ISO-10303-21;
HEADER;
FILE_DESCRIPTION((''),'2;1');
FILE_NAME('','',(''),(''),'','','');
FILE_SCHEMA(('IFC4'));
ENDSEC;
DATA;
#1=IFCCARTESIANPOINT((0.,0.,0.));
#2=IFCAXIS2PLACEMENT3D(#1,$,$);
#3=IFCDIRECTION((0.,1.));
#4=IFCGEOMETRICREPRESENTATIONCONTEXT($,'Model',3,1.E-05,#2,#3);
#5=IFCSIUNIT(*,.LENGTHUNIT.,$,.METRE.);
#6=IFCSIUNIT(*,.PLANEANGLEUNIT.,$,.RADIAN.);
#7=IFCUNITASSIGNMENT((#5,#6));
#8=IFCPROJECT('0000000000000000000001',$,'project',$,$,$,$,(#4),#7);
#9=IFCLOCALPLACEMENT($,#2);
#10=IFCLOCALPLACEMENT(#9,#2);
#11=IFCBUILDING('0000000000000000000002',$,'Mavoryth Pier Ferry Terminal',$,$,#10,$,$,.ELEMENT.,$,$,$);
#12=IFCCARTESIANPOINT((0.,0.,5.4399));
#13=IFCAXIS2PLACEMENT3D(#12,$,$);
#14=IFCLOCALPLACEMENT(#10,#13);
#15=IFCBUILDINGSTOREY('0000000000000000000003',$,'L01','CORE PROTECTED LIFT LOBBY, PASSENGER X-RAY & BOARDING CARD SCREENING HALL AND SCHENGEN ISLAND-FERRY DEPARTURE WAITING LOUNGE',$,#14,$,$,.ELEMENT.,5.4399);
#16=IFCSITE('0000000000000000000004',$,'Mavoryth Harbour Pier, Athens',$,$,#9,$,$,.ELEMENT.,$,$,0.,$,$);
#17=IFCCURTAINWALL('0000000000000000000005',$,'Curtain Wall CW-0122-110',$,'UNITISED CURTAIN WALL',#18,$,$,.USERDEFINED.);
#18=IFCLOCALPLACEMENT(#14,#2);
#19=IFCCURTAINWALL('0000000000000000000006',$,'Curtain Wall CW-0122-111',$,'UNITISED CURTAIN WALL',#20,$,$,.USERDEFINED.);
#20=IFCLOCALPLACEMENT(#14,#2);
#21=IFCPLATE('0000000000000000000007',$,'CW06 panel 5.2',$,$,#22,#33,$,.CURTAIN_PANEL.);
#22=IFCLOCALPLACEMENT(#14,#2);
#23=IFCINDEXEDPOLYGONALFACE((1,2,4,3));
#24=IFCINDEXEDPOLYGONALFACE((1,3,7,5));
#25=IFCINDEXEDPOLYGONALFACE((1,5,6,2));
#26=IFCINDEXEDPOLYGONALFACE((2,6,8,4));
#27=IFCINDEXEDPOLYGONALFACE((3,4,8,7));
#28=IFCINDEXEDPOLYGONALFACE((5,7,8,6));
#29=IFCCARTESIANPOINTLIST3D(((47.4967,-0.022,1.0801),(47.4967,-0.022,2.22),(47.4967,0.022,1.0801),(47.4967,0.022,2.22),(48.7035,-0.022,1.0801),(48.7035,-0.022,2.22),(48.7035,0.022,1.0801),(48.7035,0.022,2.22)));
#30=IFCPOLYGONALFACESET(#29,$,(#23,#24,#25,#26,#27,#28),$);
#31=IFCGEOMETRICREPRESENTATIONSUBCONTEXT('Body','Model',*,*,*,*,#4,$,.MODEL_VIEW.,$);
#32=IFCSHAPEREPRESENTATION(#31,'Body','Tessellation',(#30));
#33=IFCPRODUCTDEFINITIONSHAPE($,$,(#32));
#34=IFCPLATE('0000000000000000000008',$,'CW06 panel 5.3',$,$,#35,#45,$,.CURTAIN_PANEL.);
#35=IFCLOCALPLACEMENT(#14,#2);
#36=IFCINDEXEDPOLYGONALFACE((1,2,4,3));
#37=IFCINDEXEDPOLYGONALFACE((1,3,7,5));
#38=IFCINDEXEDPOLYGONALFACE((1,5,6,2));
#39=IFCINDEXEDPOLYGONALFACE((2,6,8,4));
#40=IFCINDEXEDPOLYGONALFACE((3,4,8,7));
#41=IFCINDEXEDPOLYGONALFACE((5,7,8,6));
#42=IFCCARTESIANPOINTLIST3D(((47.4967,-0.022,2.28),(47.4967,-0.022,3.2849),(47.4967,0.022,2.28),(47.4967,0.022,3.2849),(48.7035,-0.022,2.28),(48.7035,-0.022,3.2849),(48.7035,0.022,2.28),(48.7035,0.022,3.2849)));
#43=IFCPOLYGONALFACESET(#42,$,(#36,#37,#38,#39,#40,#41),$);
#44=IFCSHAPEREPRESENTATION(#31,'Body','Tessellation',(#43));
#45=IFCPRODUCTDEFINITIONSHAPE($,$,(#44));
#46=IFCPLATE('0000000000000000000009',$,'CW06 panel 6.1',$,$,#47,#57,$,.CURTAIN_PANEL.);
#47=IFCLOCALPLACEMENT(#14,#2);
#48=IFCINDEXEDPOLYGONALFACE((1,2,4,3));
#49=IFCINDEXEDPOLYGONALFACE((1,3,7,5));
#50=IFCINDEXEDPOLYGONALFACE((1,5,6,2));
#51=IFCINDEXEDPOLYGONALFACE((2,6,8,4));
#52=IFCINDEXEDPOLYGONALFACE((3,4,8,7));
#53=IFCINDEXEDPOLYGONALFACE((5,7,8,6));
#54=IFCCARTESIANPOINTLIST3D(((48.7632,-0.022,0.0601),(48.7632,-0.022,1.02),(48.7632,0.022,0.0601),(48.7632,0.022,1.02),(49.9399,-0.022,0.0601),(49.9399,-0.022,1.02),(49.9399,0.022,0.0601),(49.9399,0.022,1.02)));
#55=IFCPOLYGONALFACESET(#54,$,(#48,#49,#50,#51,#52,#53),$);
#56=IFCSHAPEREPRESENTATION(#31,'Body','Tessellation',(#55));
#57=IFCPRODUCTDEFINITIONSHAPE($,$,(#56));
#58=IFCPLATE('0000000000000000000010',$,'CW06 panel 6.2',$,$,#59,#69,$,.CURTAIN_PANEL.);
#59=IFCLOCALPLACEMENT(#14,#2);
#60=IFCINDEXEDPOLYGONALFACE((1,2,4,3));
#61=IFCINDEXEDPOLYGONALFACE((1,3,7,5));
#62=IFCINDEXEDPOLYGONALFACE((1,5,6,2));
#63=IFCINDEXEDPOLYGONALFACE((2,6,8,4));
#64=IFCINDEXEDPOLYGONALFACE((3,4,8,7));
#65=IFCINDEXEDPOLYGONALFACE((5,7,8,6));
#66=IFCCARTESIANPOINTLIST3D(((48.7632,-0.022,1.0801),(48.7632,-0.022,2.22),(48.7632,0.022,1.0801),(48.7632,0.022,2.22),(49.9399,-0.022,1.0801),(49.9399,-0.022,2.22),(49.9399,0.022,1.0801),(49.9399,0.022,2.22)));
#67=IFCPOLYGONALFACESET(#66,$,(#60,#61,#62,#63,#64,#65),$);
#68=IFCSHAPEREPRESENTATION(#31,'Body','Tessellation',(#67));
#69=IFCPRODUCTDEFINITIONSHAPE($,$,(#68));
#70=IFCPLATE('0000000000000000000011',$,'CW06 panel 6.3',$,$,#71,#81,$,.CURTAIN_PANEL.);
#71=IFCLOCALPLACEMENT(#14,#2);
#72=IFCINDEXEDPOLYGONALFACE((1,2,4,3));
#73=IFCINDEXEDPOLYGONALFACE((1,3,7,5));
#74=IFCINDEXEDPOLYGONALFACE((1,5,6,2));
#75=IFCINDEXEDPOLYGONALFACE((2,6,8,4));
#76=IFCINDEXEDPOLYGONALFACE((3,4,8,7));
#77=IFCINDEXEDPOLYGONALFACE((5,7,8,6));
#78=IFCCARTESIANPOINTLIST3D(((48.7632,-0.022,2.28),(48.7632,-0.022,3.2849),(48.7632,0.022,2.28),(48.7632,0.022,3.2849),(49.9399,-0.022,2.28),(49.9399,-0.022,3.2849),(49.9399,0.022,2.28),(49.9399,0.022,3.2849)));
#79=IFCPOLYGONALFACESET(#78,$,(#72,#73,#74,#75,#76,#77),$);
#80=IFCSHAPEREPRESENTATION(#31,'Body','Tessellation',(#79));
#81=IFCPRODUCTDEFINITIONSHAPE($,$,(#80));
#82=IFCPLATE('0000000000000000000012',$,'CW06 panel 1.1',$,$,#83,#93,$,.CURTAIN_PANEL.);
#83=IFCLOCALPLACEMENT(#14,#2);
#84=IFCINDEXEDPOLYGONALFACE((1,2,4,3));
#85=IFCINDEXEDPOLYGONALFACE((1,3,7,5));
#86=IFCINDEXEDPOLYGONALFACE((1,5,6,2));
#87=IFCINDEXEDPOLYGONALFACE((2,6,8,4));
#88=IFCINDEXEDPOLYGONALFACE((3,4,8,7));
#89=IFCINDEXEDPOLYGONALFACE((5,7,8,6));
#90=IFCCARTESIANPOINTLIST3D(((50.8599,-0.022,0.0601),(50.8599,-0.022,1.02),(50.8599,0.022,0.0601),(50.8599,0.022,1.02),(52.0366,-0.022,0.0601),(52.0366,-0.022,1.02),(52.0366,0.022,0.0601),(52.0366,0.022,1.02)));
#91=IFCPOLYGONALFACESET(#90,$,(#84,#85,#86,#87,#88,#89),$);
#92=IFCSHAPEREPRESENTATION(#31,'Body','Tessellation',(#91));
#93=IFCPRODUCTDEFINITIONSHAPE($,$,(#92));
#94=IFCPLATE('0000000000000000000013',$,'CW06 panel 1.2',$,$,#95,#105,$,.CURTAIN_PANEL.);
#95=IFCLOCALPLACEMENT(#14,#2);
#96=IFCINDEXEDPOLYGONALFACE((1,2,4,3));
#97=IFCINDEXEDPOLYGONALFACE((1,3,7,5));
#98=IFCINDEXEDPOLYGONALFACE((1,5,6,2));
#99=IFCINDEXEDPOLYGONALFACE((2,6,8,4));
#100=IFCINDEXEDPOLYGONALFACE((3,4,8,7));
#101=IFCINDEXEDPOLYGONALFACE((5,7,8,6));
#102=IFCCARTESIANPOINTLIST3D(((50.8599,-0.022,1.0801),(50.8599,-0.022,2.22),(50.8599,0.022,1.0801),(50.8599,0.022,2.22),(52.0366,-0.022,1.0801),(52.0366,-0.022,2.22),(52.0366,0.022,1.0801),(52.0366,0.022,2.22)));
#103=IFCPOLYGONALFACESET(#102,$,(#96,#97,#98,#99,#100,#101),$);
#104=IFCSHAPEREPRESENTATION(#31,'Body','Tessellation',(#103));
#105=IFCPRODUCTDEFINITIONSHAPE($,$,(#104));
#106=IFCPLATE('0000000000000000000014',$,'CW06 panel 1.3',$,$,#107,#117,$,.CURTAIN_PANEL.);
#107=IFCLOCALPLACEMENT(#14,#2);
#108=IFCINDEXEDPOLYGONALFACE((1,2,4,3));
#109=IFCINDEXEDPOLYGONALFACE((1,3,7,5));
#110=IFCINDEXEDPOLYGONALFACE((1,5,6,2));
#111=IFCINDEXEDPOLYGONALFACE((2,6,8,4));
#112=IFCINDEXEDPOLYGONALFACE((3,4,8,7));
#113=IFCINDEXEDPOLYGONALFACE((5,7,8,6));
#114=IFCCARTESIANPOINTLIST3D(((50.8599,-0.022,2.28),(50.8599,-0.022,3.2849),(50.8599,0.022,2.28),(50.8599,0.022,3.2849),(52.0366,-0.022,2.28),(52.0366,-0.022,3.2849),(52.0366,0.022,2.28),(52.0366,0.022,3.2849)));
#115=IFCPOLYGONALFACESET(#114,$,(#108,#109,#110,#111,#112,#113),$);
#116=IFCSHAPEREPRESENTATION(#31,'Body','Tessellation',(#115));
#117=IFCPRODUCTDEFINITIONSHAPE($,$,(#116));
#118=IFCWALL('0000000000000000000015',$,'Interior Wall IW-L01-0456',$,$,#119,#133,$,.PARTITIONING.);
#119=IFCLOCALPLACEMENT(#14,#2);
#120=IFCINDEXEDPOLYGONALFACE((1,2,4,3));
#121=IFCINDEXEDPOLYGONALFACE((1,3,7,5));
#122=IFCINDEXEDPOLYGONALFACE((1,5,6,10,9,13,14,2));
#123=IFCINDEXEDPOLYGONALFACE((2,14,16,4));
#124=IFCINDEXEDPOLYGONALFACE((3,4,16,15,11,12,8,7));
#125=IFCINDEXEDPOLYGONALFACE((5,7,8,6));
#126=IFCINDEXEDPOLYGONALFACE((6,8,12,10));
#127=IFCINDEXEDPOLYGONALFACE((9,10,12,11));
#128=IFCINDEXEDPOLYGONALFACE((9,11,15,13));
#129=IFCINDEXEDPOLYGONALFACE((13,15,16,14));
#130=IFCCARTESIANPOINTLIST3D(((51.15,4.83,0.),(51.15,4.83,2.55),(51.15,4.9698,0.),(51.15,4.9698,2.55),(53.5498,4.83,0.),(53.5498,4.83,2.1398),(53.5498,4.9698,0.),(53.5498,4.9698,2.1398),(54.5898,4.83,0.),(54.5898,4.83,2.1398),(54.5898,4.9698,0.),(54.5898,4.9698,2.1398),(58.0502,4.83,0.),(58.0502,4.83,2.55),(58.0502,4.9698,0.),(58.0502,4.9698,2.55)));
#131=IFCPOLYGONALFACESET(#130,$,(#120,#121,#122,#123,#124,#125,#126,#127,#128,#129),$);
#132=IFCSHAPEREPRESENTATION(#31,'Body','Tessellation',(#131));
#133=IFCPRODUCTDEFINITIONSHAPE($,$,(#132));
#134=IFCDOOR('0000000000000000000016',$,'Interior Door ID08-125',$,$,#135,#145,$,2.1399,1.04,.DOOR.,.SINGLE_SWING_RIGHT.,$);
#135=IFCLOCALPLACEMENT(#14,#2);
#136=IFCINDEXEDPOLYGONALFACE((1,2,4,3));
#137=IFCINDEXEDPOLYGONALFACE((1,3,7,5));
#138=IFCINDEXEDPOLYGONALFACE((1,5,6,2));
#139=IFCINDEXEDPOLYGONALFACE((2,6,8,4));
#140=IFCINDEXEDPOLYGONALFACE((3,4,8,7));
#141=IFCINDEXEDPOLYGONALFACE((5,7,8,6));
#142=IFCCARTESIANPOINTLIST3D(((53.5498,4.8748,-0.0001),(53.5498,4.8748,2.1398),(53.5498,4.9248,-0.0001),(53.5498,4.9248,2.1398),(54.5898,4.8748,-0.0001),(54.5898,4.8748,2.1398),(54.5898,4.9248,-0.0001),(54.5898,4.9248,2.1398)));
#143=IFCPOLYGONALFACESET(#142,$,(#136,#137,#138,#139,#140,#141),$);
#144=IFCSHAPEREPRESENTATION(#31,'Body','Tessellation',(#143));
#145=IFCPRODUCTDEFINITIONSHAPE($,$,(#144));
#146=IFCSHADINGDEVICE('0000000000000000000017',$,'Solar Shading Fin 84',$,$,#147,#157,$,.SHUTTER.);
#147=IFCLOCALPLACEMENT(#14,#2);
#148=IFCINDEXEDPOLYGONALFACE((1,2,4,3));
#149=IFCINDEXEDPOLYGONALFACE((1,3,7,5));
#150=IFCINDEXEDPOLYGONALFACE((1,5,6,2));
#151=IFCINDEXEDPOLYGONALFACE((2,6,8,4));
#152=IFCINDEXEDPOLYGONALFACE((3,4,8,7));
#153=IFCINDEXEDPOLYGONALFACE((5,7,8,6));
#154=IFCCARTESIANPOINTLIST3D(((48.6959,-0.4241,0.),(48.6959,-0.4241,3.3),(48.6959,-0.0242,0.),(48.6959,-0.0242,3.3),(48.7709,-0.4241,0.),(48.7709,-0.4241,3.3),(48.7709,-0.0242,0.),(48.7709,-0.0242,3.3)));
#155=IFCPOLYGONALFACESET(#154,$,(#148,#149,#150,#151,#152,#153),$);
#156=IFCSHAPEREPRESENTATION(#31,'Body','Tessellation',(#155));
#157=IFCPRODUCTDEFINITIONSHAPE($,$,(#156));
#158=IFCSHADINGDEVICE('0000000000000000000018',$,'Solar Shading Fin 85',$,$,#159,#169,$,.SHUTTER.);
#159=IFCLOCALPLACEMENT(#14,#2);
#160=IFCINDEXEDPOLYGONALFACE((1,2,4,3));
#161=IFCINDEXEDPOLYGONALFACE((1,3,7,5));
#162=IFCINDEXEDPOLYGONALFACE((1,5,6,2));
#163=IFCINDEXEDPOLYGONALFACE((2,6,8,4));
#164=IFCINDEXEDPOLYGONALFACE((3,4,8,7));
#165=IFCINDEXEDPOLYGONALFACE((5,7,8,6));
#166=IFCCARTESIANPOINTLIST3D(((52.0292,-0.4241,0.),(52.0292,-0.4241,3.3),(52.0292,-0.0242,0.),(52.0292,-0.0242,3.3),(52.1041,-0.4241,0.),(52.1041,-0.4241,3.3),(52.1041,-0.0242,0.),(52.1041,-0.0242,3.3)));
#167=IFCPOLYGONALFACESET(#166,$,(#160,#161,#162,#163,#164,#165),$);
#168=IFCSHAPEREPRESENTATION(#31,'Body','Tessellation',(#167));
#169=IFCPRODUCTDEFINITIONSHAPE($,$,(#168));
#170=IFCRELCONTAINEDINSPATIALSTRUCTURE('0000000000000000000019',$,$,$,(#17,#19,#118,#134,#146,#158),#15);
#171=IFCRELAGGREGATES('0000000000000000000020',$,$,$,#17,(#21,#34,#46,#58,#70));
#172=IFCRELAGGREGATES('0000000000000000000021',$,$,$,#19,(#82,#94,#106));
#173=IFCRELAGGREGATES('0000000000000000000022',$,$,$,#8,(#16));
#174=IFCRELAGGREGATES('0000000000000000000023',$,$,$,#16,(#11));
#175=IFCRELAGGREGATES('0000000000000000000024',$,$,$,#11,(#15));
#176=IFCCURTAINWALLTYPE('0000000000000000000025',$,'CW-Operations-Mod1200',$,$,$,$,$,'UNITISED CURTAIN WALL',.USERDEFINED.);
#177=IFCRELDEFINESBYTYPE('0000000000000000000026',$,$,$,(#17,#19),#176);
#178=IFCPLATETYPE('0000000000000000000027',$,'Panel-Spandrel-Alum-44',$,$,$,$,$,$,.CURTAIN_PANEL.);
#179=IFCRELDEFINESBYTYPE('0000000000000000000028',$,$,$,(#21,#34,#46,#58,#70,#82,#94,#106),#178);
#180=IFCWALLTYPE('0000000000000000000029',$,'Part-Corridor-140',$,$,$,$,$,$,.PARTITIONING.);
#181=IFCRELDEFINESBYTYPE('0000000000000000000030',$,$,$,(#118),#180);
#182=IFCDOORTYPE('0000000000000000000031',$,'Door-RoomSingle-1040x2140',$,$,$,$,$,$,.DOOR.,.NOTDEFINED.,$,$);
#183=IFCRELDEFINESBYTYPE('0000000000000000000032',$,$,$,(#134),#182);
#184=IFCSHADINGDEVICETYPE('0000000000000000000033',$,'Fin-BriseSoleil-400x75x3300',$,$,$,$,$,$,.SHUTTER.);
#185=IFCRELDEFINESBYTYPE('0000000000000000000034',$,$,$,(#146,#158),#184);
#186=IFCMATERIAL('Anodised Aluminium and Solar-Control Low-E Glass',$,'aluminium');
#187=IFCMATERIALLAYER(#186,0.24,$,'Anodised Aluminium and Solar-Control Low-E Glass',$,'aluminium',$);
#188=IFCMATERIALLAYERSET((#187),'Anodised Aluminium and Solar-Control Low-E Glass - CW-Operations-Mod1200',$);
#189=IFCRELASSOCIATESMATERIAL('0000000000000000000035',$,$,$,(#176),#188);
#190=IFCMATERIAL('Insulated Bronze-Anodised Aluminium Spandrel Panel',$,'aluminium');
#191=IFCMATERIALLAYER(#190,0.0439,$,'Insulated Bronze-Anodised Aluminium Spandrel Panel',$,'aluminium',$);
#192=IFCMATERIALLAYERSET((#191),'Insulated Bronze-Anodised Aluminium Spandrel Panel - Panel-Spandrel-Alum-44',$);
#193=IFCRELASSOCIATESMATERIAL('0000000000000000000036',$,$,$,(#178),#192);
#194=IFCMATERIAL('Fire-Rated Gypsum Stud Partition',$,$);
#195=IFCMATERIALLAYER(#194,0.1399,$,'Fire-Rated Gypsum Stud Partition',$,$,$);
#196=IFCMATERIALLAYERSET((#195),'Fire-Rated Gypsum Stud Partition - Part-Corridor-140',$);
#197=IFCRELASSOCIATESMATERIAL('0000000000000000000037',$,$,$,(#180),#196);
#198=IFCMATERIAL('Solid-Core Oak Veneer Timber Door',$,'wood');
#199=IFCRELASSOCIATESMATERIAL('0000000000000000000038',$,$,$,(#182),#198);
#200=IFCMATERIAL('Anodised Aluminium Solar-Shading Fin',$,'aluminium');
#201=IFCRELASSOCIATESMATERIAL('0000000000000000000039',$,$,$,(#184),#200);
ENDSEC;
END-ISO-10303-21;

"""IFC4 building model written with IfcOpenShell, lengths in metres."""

from ifc_helpers import new_model, si_unit, direction, frame, frame_2d, origin, origin_2d, place, context, subcontext, project, spatial, rectangle, extrude, material, layer, layer_set, type_object, element, fill, aggregate, save


model = new_model("IFC4")

# Units and contexts
model_context = context("Model", 3, precision=1e-05, world=origin(), true_north=direction((0.0, 1.0)))
body_context = subcontext(model_context, "Body", "Model", "MODEL_VIEW")
ifc_project = project(units=[si_unit("LENGTHUNIT", "METRE"), si_unit("PLANEANGLEUNIT", "RADIAN")], contexts=[model_context])

# Site, building, storey
site_placement = place(None, origin())
site = spatial("IfcSite", under=ifc_project, at=site_placement, Name="Mavoryth Harbour Pier, Athens", CompositionType="ELEMENT", RefElevation=0.0)
building_placement = place(site_placement, origin())
building = spatial("IfcBuilding", under=site, at=building_placement, Name="Mavoryth Pier Ferry Terminal", CompositionType="ELEMENT")
storey_placement = place(building_placement, frame((0.0, 0.0, 5.4399)))
storey = spatial("IfcBuildingStorey", under=building, at=storey_placement, Name="L01", Description="CORE PROTECTED LIFT LOBBY, PASSENGER X-RAY & BOARDING CARD SCREENING HALL AND SCHENGEN ISLAND-FERRY DEPARTURE WAITING LOUNGE", CompositionType="ELEMENT", Elevation=5.4399)

# Curtain wall
ifc_material_1 = material(Name="Anodised Aluminium and Solar-Control Low-E Glass", Category="aluminium")
ifc_layer_1 = layer(ifc_material_1, 0.24, Name="Anodised Aluminium and Solar-Control Low-E Glass", Category="aluminium")
ifc_layer_set_1 = layer_set([ifc_layer_1], Name="Anodised Aluminium and Solar-Control Low-E Glass - CW-Operations-Mod1200")
curtain_wall_type = type_object("IfcCurtainWallType", Name="CW-Operations-Mod1200", ElementType="UNITISED CURTAIN WALL", PredefinedType="USERDEFINED", material=ifc_layer_set_1)
curtain_wall_1_placement = place(storey_placement, origin())
curtain_wall_1 = element("IfcCurtainWall", 1, at=curtain_wall_1_placement, inside=storey, type_object=curtain_wall_type, Name="Curtain Wall CW-0122-110", ObjectType="UNITISED CURTAIN WALL", PredefinedType="USERDEFINED")

# Curtain wall
curtain_wall_2_placement = place(storey_placement, origin())
curtain_wall_2 = element("IfcCurtainWall", 2, at=curtain_wall_2_placement, inside=storey, type_object=curtain_wall_type, Name="Curtain Wall CW-0122-111", ObjectType="UNITISED CURTAIN WALL", PredefinedType="USERDEFINED")

# Plates
ifc_material_2 = material(Name="Insulated Bronze-Anodised Aluminium Spandrel Panel", Category="aluminium")
ifc_layer_2 = layer(ifc_material_2, 0.0439, Name="Insulated Bronze-Anodised Aluminium Spandrel Panel", Category="aluminium")
ifc_layer_set_2 = layer_set([ifc_layer_2], Name="Insulated Bronze-Anodised Aluminium Spandrel Panel - Panel-Spandrel-Alum-44")
plate_type = type_object("IfcPlateType", Name="Panel-Spandrel-Alum-44", PredefinedType="CURTAIN_PANEL", material=ifc_layer_set_2)
plate_1_placement = place(storey_placement, frame((48.1001, 0.0, 1.0801), z_axis=(0.0, 0.0, 1.0), x_axis=(1.0, 0.0, 0.0)))
plate_1 = element("IfcPlate", 3, at=plate_1_placement, type_object=plate_type, Name="CW06 panel 5.2", PredefinedType="CURTAIN_PANEL", context=body_context, shape_type="SweptSolid", body=[
    extrude(rectangle(XDim=1.2068, YDim=0.0439, at=origin_2d()), origin(), (0.0, 0.0, 1.0), 1.1399),
])
plate_2_placement = place(storey_placement, frame((48.1001, 0.0, 2.28), z_axis=(0.0, 0.0, 1.0), x_axis=(1.0, 0.0, 0.0)))
plate_2 = element("IfcPlate", 4, at=plate_2_placement, type_object=plate_type, Name="CW06 panel 5.3", PredefinedType="CURTAIN_PANEL", context=body_context, shape_type="SweptSolid", body=[
    extrude(rectangle(XDim=1.2068, YDim=0.0439, at=origin_2d()), origin(), (0.0, 0.0, 1.0), 1.0049),
])
plate_3_placement = place(storey_placement, frame((49.3516, 0.0, 0.0601), z_axis=(0.0, 0.0, 1.0), x_axis=(1.0, 0.0, 0.0)))
plate_3 = element("IfcPlate", 5, at=plate_3_placement, type_object=plate_type, Name="CW06 panel 6.1", PredefinedType="CURTAIN_PANEL", context=body_context, shape_type="SweptSolid", body=[
    extrude(rectangle(XDim=1.1768, YDim=0.0439, at=origin_2d()), origin(), (0.0, 0.0, 1.0), 0.96),
])
plate_4_placement = place(storey_placement, frame((49.3516, 0.0, 1.0801), z_axis=(0.0, 0.0, 1.0), x_axis=(1.0, 0.0, 0.0)))
plate_4 = element("IfcPlate", 6, at=plate_4_placement, type_object=plate_type, Name="CW06 panel 6.2", PredefinedType="CURTAIN_PANEL", context=body_context, shape_type="SweptSolid", body=[
    extrude(rectangle(XDim=1.1768, YDim=0.0439, at=origin_2d()), origin(), (0.0, 0.0, 1.0), 1.1399),
])
plate_5_placement = place(storey_placement, frame((49.3516, 0.0, 2.28), z_axis=(0.0, 0.0, 1.0), x_axis=(1.0, 0.0, 0.0)))
plate_5 = element("IfcPlate", 7, at=plate_5_placement, type_object=plate_type, Name="CW06 panel 6.3", PredefinedType="CURTAIN_PANEL", context=body_context, shape_type="SweptSolid", body=[
    extrude(rectangle(XDim=1.1768, YDim=0.0439, at=origin_2d()), origin(), (0.0, 0.0, 1.0), 1.0049),
])
aggregate(curtain_wall_1, [plate_1, plate_2, plate_3, plate_4, plate_5])
plate_6_placement = place(storey_placement, frame((51.4482, 0.0, 0.0601), z_axis=(0.0, 0.0, 1.0), x_axis=(1.0, 0.0, 0.0)))
plate_6 = element("IfcPlate", 8, at=plate_6_placement, type_object=plate_type, Name="CW06 panel 1.1", PredefinedType="CURTAIN_PANEL", context=body_context, shape_type="SweptSolid", body=[
    extrude(rectangle(XDim=1.1768, YDim=0.0439, at=origin_2d()), origin(), (0.0, 0.0, 1.0), 0.96),
])
plate_7_placement = place(storey_placement, frame((51.4482, 0.0, 1.0801), z_axis=(0.0, 0.0, 1.0), x_axis=(1.0, 0.0, 0.0)))
plate_7 = element("IfcPlate", 9, at=plate_7_placement, type_object=plate_type, Name="CW06 panel 1.2", PredefinedType="CURTAIN_PANEL", context=body_context, shape_type="SweptSolid", body=[
    extrude(rectangle(XDim=1.1768, YDim=0.0439, at=origin_2d()), origin(), (0.0, 0.0, 1.0), 1.1399),
])
plate_8_placement = place(storey_placement, frame((51.4482, 0.0, 2.28), z_axis=(0.0, 0.0, 1.0), x_axis=(1.0, 0.0, 0.0)))
plate_8 = element("IfcPlate", 10, at=plate_8_placement, type_object=plate_type, Name="CW06 panel 1.3", PredefinedType="CURTAIN_PANEL", context=body_context, shape_type="SweptSolid", body=[
    extrude(rectangle(XDim=1.1768, YDim=0.0439, at=origin_2d()), origin(), (0.0, 0.0, 1.0), 1.0049),
])
aggregate(curtain_wall_2, [plate_6, plate_7, plate_8])

# Wall, opening, door
ifc_material_3 = material(Name="Fire-Rated Gypsum Stud Partition")
ifc_layer_3 = layer(ifc_material_3, 0.1399, Name="Fire-Rated Gypsum Stud Partition")
ifc_layer_set_3 = layer_set([ifc_layer_3], Name="Fire-Rated Gypsum Stud Partition - Part-Corridor-140")
wall_type = type_object("IfcWallType", Name="Part-Corridor-140", PredefinedType="PARTITIONING", material=ifc_layer_set_3)
wall_placement = place(storey_placement, frame((51.1499, 4.8999, 0.0), z_axis=(0.0, 0.0, 1.0), x_axis=(1.0, 0.0, 0.0)))
wall = element("IfcWall", 11, at=wall_placement, inside=storey, type_object=wall_type, Name="Interior Wall IW-L01-0456", PredefinedType="PARTITIONING", context=body_context, shape_type="SweptSolid", body=[
    extrude(rectangle(XDim=6.9001, YDim=0.1399, at=frame_2d((3.4502, 0.0))), origin(), (0.0, 0.0, 1.0), 2.55),
])
opening_placement = place(wall_placement, frame((2.3999, 0.0, 0.0)))
opening = element("IfcOpeningElement", 12, at=opening_placement, cuts=wall, PredefinedType="OPENING", context=body_context, shape_type="SweptSolid", body=[
    extrude(rectangle(XDim=1.04, YDim=2.1399, at=frame_2d((0.52, 1.0698))), frame((0.0, 0.0798, 0.0), z_axis=(0.0, -1.0, 0.0), x_axis=(1.0, 0.0, 0.0)), (0.0, 0.0, 1.0), 0.1599),
])
ifc_material_4 = material(Name="Solid-Core Oak Veneer Timber Door", Category="wood")
door_type = type_object("IfcDoorType", Name="Door-RoomSingle-1040x2140", OperationType="NOTDEFINED", PredefinedType="DOOR", material=ifc_material_4)
door_placement = place(opening_placement, origin())
door = element("IfcDoor", 13, at=door_placement, inside=storey, type_object=door_type, Name="Interior Door ID08-125", OperationType="SINGLE_SWING_RIGHT", OverallHeight=2.1399, OverallWidth=1.04, PredefinedType="DOOR", context=body_context, shape_type="SweptSolid", body=[
    extrude(rectangle(XDim=1.04, YDim=2.1399, at=frame_2d((0.52, 1.0698))), frame((0.0, 0.0249, 0.0), z_axis=(0.0, -1.0, 0.0), x_axis=(1.0, 0.0, 0.0)), (0.0, 0.0, 1.0), 0.05),
])
fill(opening, door)

# Shading devices
ifc_material_5 = material(Name="Anodised Aluminium Solar-Shading Fin", Category="aluminium")
shading_device_type = type_object("IfcShadingDeviceType", Name="Fin-BriseSoleil-400x75x3300", PredefinedType="SHUTTER", material=ifc_material_5)
for number, where, z_axis, x_axis, name in (
    (14, (48.7334, -0.2241, 0.0), (0.0, 0.0, 1.0), (1.0, 0.0, 0.0), "Solar Shading Fin 84"),
    (15, (52.0667, -0.2241, 0.0), (0.0, 0.0, 1.0), (1.0, 0.0, 0.0), "Solar Shading Fin 85"),
):
    element("IfcShadingDevice", number, at=place(storey_placement, frame(where, z_axis=z_axis, x_axis=x_axis)), inside=storey, type_object=shading_device_type, Name=name, PredefinedType="SHUTTER", context=body_context, shape_type="SweptSolid", body=[
        extrude(rectangle(XDim=0.075, YDim=0.3999, at=origin_2d()), origin(), (0.0, 0.0, 1.0), 3.3),
    ])

save(model, "model.ifc")
